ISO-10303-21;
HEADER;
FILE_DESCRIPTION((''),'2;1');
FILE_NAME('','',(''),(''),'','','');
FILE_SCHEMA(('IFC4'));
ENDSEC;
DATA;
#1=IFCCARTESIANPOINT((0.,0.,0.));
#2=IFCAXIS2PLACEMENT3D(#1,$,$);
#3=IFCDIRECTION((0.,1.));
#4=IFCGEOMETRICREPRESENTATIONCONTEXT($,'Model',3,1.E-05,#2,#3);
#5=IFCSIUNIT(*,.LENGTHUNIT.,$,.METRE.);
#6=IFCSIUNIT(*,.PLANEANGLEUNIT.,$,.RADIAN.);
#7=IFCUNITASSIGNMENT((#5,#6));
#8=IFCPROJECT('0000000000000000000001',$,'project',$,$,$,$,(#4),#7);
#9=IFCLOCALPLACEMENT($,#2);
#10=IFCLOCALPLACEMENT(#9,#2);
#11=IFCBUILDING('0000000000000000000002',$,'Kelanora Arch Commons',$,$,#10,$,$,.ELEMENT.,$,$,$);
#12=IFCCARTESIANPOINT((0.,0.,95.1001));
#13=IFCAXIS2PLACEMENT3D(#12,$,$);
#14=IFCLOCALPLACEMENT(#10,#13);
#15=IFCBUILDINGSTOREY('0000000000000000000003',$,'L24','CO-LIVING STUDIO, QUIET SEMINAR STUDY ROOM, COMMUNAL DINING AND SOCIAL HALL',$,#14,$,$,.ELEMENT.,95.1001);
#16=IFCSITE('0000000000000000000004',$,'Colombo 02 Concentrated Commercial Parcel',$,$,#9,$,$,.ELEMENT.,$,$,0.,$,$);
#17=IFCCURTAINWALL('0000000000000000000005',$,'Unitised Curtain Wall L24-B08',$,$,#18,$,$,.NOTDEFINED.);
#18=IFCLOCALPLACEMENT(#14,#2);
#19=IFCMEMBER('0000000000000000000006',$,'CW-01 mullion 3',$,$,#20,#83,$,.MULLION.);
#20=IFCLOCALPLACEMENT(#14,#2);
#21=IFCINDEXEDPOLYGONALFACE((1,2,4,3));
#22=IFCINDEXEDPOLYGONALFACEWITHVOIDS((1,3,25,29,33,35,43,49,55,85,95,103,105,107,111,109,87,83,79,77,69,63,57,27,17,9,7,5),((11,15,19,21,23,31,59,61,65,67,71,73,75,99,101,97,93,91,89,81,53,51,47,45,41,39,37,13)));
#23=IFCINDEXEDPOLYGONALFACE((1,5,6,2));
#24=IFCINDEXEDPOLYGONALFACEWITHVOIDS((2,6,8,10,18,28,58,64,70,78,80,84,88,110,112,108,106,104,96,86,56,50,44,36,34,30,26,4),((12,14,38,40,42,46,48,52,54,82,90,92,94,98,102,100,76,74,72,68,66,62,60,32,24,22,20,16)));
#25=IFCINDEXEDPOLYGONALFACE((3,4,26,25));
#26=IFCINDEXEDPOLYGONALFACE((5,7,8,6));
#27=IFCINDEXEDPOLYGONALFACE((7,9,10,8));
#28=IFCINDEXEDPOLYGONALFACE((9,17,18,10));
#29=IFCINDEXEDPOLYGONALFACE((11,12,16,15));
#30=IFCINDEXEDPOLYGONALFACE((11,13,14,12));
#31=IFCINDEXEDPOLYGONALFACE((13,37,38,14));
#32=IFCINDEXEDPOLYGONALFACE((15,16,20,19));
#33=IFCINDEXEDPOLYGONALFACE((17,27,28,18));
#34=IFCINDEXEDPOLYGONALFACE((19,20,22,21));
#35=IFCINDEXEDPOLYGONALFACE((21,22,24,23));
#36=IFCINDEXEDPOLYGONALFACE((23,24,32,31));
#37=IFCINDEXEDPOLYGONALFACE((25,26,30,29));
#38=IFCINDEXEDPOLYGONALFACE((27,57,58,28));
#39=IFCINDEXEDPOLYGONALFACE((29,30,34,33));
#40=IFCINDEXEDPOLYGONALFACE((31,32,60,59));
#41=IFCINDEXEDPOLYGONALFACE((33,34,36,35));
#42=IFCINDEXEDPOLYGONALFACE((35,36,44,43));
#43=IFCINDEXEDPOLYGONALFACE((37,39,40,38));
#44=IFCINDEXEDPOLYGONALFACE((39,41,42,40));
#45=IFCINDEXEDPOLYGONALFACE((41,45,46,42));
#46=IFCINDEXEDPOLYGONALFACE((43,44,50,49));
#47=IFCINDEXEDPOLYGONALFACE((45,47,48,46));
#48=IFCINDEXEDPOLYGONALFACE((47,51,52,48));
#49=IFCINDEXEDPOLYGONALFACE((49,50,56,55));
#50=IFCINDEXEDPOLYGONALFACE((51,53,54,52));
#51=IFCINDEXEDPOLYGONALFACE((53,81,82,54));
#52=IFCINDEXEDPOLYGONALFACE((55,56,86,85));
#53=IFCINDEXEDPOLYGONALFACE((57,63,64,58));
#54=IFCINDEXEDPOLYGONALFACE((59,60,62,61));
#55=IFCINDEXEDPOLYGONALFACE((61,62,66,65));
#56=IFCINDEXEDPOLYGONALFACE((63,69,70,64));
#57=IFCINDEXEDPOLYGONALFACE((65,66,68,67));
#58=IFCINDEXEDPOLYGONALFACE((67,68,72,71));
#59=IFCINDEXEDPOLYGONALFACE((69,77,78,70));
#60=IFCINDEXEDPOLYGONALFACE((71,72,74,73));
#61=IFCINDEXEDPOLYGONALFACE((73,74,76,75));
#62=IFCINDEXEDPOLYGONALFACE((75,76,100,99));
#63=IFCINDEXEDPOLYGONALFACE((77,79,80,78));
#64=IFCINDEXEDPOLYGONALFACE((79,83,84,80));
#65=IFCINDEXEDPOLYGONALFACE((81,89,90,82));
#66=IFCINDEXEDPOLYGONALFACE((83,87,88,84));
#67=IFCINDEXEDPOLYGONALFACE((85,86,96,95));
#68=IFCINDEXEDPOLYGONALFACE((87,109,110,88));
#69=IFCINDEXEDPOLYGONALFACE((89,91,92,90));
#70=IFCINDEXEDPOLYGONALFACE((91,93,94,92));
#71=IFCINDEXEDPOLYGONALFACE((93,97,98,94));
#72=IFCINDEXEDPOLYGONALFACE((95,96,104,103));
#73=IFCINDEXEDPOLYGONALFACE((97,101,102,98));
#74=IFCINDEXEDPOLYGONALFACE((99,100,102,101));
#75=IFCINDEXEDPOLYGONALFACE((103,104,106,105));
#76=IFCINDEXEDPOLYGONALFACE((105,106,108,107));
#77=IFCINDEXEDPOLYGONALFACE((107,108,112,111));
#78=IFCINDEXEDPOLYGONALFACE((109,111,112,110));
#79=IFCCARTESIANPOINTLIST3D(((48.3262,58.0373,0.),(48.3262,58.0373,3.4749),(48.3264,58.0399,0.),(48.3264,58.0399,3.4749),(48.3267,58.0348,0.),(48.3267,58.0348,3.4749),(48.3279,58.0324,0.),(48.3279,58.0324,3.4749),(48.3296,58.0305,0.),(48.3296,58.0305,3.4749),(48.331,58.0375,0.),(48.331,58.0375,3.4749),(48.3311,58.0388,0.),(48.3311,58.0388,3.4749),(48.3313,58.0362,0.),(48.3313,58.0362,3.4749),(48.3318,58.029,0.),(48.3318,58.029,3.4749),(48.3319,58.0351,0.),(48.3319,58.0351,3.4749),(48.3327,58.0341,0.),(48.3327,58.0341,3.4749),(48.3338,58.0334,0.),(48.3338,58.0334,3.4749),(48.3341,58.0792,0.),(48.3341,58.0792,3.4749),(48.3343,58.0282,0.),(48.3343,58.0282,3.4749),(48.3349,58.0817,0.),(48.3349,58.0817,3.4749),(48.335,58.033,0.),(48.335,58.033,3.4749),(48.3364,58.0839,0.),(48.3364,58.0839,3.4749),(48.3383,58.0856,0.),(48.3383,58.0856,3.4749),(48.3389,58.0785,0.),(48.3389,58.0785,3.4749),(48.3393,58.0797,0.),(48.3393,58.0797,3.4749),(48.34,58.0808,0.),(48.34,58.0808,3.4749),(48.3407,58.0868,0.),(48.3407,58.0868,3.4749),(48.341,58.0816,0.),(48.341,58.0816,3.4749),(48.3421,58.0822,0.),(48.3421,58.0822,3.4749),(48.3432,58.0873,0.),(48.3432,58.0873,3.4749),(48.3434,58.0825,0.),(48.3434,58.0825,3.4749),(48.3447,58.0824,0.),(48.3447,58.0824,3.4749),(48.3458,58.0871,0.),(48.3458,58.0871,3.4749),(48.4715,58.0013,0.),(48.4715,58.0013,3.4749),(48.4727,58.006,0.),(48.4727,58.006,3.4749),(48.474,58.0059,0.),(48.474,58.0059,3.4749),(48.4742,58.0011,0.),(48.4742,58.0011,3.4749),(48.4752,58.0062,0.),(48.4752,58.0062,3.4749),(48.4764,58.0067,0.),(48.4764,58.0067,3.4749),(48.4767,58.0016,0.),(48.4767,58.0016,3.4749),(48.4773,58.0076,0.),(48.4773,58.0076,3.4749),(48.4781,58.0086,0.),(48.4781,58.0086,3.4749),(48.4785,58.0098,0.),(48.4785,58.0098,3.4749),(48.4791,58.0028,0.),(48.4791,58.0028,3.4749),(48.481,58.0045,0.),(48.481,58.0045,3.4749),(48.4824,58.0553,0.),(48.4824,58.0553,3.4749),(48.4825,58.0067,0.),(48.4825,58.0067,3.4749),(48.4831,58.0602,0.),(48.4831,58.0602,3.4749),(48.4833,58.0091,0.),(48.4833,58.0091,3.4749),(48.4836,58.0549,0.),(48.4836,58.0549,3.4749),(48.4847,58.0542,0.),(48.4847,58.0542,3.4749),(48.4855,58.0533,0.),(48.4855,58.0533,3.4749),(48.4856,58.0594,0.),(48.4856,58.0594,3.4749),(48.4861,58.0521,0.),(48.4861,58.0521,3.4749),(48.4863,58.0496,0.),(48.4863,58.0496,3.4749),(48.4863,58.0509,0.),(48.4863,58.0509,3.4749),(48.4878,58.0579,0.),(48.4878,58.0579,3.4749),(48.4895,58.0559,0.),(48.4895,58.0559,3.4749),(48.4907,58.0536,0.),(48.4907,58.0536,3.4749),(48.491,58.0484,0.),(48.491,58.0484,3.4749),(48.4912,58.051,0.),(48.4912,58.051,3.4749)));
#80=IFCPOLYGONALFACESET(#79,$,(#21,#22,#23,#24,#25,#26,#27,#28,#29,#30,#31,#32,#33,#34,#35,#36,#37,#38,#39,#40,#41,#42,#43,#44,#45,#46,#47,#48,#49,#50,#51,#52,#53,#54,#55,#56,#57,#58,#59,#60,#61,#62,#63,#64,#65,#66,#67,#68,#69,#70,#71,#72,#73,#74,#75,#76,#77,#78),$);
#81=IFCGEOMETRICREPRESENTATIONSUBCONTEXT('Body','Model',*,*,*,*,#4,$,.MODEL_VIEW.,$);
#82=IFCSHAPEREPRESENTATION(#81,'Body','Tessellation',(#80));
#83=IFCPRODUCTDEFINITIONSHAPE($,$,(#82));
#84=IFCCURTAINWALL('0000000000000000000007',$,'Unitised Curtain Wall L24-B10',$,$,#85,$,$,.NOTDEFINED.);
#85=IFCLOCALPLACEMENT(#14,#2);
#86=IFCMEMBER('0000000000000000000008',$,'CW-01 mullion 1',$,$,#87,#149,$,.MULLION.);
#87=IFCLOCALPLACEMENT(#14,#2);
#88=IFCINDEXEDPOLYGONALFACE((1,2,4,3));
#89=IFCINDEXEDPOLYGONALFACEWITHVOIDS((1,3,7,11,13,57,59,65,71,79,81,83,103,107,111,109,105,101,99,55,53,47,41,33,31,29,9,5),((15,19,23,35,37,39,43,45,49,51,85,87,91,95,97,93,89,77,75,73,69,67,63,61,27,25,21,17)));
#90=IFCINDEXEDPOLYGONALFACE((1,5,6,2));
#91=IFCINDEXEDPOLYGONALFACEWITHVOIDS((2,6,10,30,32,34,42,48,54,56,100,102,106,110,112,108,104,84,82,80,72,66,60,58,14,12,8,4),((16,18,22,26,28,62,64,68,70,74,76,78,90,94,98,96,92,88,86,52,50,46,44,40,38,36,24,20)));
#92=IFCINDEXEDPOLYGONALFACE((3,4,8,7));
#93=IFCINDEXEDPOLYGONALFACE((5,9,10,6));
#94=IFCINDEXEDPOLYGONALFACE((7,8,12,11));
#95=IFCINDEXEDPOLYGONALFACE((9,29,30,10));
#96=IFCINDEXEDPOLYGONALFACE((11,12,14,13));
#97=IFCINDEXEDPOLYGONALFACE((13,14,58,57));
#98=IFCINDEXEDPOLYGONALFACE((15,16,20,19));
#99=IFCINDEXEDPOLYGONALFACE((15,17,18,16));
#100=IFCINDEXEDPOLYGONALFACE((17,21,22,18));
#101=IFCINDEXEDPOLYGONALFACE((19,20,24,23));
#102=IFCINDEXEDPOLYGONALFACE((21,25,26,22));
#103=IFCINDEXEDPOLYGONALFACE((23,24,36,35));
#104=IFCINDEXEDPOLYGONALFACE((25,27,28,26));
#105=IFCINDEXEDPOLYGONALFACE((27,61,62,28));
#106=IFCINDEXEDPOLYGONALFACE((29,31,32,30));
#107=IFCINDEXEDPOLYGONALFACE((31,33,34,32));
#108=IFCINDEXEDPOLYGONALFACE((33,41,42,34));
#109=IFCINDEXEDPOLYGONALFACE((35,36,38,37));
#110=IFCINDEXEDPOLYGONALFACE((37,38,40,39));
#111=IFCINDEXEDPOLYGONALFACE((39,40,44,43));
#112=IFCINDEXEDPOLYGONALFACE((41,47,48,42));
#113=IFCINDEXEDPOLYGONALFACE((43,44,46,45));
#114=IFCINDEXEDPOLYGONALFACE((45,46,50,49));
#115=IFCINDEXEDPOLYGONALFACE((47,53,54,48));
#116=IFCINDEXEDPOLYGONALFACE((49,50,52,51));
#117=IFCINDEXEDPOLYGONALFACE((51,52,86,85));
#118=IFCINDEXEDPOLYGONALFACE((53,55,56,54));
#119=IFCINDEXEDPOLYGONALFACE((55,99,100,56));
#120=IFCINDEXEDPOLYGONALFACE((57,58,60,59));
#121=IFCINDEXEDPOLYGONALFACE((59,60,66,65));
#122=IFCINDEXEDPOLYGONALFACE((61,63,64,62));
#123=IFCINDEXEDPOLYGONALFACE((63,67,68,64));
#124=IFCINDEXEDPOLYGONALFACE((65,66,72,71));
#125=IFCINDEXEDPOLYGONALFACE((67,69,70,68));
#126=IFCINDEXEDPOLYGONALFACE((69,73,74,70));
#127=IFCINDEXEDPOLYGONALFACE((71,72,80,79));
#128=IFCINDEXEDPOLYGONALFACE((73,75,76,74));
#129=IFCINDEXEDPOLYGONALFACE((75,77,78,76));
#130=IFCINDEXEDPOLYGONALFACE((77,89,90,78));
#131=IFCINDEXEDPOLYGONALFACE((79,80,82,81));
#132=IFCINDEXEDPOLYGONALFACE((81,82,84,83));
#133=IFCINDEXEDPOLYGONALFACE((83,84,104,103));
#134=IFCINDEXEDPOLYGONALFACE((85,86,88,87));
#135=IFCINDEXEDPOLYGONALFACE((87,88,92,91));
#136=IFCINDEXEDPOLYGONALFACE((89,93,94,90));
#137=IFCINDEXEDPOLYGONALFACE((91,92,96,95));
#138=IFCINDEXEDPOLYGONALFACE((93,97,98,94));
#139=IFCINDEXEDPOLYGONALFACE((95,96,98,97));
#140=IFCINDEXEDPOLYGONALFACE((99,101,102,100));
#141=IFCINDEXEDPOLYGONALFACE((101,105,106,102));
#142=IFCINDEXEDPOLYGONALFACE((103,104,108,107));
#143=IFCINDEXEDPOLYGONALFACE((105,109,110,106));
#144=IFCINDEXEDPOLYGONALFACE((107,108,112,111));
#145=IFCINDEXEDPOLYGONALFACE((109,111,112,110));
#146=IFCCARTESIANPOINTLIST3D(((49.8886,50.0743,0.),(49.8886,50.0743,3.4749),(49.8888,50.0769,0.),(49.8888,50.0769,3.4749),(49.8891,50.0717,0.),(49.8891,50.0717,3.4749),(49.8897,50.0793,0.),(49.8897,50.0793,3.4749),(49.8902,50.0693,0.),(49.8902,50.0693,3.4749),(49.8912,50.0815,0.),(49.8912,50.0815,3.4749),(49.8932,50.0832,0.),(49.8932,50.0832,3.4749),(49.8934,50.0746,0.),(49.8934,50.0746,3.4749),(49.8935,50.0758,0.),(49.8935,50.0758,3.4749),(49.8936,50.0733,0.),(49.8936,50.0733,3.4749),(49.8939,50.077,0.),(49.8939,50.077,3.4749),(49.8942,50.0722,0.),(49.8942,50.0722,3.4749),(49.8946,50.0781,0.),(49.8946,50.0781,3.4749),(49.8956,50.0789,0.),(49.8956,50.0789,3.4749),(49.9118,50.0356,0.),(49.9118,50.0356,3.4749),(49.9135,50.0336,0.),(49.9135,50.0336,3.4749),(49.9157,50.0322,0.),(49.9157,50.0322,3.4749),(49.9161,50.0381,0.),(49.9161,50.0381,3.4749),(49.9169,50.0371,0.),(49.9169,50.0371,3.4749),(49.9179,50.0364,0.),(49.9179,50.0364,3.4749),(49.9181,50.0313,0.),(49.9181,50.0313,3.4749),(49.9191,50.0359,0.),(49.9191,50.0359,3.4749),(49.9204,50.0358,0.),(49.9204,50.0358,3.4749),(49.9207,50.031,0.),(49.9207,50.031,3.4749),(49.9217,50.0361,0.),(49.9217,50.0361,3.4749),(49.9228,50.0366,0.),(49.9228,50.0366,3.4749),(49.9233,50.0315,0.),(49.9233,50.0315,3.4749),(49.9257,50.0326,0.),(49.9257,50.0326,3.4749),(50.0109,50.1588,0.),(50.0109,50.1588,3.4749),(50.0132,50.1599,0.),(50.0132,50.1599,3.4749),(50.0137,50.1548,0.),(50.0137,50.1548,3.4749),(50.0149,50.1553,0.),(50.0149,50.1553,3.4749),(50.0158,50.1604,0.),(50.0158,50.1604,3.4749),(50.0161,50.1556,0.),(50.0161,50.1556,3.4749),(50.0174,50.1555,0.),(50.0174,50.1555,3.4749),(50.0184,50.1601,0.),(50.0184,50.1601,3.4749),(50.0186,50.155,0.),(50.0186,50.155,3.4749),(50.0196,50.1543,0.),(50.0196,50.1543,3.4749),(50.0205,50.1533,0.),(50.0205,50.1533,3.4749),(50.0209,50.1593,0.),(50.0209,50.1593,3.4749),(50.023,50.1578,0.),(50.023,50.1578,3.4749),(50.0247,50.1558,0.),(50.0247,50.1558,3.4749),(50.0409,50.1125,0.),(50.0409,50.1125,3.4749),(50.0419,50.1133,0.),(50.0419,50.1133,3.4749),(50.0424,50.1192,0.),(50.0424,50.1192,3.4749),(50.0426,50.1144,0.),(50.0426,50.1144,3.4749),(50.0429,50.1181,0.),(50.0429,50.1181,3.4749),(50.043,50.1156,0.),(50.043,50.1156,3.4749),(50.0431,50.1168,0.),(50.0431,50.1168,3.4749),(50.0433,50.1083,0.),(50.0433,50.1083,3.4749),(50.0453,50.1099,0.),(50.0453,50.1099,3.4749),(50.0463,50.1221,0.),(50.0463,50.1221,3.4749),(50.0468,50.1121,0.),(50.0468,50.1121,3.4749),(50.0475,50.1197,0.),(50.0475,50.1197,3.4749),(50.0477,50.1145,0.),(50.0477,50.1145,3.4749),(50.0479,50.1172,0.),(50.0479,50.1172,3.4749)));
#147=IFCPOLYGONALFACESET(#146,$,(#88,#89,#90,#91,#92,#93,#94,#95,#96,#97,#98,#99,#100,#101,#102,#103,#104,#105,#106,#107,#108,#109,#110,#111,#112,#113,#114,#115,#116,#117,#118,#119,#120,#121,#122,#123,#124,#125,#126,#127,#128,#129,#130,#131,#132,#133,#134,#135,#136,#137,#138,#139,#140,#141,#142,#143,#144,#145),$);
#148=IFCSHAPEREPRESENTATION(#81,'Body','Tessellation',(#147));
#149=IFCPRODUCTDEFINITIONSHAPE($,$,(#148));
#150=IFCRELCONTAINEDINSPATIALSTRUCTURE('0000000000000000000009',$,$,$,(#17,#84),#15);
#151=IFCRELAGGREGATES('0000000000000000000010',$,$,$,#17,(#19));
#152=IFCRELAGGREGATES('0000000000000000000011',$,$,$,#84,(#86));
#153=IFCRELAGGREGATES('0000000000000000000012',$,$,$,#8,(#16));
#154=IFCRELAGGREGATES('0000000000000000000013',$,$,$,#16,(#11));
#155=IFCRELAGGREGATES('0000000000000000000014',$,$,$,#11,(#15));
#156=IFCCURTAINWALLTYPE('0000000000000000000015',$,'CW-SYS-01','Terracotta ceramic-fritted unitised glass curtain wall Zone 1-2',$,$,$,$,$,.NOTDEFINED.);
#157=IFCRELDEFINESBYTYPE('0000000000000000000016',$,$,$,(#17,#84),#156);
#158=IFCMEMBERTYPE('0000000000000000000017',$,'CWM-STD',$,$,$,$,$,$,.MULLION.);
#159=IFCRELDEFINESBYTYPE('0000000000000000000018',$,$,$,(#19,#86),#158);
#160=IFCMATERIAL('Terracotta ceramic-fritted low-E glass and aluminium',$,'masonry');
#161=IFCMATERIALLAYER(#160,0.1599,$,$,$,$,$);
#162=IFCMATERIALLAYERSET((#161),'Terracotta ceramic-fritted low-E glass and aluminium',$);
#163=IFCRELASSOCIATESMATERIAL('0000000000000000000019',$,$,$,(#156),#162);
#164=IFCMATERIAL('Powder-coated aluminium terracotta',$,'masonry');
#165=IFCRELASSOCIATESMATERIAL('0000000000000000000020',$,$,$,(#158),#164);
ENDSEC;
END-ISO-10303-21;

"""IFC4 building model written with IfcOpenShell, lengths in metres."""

from ifc_helpers import new_model, si_unit, direction, frame, origin, origin_2d, place, context, subcontext, project, spatial, hollow_rectangle, extrude, material, layer, layer_set, material_profile, profile_set, type_object, element, aggregate, save


model = new_model("IFC4")

# Units and contexts
model_context = context("Model", 3, precision=1e-05, world=origin(), true_north=direction((0.0, 1.0)))
body_context = subcontext(model_context, "Body", "Model", "MODEL_VIEW")
ifc_project = project(units=[si_unit("LENGTHUNIT", "METRE"), si_unit("PLANEANGLEUNIT", "RADIAN")], contexts=[model_context])

# Site, building, storey
site_placement = place(None, origin())
site = spatial("IfcSite", under=ifc_project, at=site_placement, Name="Colombo 02 Concentrated Commercial Parcel", CompositionType="ELEMENT", RefElevation=0.0)
building_placement = place(site_placement, origin())
building = spatial("IfcBuilding", under=site, at=building_placement, Name="Kelanora Arch Commons", CompositionType="ELEMENT")
storey_placement = place(building_placement, frame((0.0, 0.0, 95.1001)))
storey = spatial("IfcBuildingStorey", under=building, at=storey_placement, Name="L24", Description="CO-LIVING STUDIO, QUIET SEMINAR STUDY ROOM, COMMUNAL DINING AND SOCIAL HALL", CompositionType="ELEMENT", Elevation=95.1001)

# Curtain wall, member
ifc_material_1 = material(Name="Terracotta ceramic-fritted low-E glass and aluminium", Category="masonry")
ifc_layer_1 = layer(ifc_material_1, 0.1599)
ifc_layer_set_1 = layer_set([ifc_layer_1], Name="Terracotta ceramic-fritted low-E glass and aluminium")
curtain_wall_type = type_object("IfcCurtainWallType", Name="CW-SYS-01", Description="Terracotta ceramic-fritted unitised glass curtain wall Zone 1-2", PredefinedType="NOTDEFINED", material=ifc_layer_set_1)
curtain_wall_1_placement = place(storey_placement, origin())
curtain_wall_1 = element("IfcCurtainWall", 1, at=curtain_wall_1_placement, inside=storey, type_object=curtain_wall_type, Name="Unitised Curtain Wall L24-B08", PredefinedType="NOTDEFINED")
ifc_material_2 = material(Name="Powder-coated aluminium terracotta", Category="masonry")
ifc_material_profile_1 = material_profile(ifc_material_2, hollow_rectangle(XDim=0.1599, YDim=0.0601, WallThickness=0.0049, InnerFilletRadius=0.0049, OuterFilletRadius=0.01, at=origin_2d()), Name="CWM160x60")
ifc_profile_set_1 = profile_set([ifc_material_profile_1], Name="Powder-coated aluminium terracotta")
member_type_1 = type_object("IfcMemberType", Name="CWM-STD", PredefinedType="MULLION", material=ifc_profile_set_1)
member_1_placement = place(storey_placement, frame((48.4087, 58.0442, 0.0), z_axis=(0.0, 0.0, 1.0), x_axis=(0.98128, -0.192585, 0.0)))
member_1 = element("IfcMember", 2, at=member_1_placement, type_object=member_type_1, Name="CW-01 mullion 3", PredefinedType="MULLION", context=body_context, shape_type="SweptSolid", body=[
    extrude(hollow_rectangle(XDim=0.1599, YDim=0.0601, WallThickness=0.0049, InnerFilletRadius=0.0049, OuterFilletRadius=0.01, at=origin_2d()), origin(), (0.0, 0.0, 1.0), 3.4749),
])
aggregate(curtain_wall_1, [member_1])

# Curtain wall, member
curtain_wall_2_placement = place(storey_placement, origin())
curtain_wall_2 = element("IfcCurtainWall", 3, at=curtain_wall_2_placement, inside=storey, type_object=curtain_wall_type, Name="Unitised Curtain Wall L24-B10", PredefinedType="NOTDEFINED")
member_2_placement = place(storey_placement, frame((49.9683, 50.0957, 0.0), z_axis=(0.0, 0.0, 1.0), x_axis=(0.841269, 0.540617, 0.0)))
member_2 = element("IfcMember", 4, at=member_2_placement, type_object=member_type_1, Name="CW-01 mullion 1", PredefinedType="MULLION", context=body_context, shape_type="SweptSolid", body=[
    extrude(hollow_rectangle(XDim=0.1599, YDim=0.0601, WallThickness=0.0049, InnerFilletRadius=0.0049, OuterFilletRadius=0.01, at=origin_2d()), origin(), (0.0, 0.0, 1.0), 3.4749),
])

aggregate(curtain_wall_2, [member_2])

save(model, "model.ifc")
